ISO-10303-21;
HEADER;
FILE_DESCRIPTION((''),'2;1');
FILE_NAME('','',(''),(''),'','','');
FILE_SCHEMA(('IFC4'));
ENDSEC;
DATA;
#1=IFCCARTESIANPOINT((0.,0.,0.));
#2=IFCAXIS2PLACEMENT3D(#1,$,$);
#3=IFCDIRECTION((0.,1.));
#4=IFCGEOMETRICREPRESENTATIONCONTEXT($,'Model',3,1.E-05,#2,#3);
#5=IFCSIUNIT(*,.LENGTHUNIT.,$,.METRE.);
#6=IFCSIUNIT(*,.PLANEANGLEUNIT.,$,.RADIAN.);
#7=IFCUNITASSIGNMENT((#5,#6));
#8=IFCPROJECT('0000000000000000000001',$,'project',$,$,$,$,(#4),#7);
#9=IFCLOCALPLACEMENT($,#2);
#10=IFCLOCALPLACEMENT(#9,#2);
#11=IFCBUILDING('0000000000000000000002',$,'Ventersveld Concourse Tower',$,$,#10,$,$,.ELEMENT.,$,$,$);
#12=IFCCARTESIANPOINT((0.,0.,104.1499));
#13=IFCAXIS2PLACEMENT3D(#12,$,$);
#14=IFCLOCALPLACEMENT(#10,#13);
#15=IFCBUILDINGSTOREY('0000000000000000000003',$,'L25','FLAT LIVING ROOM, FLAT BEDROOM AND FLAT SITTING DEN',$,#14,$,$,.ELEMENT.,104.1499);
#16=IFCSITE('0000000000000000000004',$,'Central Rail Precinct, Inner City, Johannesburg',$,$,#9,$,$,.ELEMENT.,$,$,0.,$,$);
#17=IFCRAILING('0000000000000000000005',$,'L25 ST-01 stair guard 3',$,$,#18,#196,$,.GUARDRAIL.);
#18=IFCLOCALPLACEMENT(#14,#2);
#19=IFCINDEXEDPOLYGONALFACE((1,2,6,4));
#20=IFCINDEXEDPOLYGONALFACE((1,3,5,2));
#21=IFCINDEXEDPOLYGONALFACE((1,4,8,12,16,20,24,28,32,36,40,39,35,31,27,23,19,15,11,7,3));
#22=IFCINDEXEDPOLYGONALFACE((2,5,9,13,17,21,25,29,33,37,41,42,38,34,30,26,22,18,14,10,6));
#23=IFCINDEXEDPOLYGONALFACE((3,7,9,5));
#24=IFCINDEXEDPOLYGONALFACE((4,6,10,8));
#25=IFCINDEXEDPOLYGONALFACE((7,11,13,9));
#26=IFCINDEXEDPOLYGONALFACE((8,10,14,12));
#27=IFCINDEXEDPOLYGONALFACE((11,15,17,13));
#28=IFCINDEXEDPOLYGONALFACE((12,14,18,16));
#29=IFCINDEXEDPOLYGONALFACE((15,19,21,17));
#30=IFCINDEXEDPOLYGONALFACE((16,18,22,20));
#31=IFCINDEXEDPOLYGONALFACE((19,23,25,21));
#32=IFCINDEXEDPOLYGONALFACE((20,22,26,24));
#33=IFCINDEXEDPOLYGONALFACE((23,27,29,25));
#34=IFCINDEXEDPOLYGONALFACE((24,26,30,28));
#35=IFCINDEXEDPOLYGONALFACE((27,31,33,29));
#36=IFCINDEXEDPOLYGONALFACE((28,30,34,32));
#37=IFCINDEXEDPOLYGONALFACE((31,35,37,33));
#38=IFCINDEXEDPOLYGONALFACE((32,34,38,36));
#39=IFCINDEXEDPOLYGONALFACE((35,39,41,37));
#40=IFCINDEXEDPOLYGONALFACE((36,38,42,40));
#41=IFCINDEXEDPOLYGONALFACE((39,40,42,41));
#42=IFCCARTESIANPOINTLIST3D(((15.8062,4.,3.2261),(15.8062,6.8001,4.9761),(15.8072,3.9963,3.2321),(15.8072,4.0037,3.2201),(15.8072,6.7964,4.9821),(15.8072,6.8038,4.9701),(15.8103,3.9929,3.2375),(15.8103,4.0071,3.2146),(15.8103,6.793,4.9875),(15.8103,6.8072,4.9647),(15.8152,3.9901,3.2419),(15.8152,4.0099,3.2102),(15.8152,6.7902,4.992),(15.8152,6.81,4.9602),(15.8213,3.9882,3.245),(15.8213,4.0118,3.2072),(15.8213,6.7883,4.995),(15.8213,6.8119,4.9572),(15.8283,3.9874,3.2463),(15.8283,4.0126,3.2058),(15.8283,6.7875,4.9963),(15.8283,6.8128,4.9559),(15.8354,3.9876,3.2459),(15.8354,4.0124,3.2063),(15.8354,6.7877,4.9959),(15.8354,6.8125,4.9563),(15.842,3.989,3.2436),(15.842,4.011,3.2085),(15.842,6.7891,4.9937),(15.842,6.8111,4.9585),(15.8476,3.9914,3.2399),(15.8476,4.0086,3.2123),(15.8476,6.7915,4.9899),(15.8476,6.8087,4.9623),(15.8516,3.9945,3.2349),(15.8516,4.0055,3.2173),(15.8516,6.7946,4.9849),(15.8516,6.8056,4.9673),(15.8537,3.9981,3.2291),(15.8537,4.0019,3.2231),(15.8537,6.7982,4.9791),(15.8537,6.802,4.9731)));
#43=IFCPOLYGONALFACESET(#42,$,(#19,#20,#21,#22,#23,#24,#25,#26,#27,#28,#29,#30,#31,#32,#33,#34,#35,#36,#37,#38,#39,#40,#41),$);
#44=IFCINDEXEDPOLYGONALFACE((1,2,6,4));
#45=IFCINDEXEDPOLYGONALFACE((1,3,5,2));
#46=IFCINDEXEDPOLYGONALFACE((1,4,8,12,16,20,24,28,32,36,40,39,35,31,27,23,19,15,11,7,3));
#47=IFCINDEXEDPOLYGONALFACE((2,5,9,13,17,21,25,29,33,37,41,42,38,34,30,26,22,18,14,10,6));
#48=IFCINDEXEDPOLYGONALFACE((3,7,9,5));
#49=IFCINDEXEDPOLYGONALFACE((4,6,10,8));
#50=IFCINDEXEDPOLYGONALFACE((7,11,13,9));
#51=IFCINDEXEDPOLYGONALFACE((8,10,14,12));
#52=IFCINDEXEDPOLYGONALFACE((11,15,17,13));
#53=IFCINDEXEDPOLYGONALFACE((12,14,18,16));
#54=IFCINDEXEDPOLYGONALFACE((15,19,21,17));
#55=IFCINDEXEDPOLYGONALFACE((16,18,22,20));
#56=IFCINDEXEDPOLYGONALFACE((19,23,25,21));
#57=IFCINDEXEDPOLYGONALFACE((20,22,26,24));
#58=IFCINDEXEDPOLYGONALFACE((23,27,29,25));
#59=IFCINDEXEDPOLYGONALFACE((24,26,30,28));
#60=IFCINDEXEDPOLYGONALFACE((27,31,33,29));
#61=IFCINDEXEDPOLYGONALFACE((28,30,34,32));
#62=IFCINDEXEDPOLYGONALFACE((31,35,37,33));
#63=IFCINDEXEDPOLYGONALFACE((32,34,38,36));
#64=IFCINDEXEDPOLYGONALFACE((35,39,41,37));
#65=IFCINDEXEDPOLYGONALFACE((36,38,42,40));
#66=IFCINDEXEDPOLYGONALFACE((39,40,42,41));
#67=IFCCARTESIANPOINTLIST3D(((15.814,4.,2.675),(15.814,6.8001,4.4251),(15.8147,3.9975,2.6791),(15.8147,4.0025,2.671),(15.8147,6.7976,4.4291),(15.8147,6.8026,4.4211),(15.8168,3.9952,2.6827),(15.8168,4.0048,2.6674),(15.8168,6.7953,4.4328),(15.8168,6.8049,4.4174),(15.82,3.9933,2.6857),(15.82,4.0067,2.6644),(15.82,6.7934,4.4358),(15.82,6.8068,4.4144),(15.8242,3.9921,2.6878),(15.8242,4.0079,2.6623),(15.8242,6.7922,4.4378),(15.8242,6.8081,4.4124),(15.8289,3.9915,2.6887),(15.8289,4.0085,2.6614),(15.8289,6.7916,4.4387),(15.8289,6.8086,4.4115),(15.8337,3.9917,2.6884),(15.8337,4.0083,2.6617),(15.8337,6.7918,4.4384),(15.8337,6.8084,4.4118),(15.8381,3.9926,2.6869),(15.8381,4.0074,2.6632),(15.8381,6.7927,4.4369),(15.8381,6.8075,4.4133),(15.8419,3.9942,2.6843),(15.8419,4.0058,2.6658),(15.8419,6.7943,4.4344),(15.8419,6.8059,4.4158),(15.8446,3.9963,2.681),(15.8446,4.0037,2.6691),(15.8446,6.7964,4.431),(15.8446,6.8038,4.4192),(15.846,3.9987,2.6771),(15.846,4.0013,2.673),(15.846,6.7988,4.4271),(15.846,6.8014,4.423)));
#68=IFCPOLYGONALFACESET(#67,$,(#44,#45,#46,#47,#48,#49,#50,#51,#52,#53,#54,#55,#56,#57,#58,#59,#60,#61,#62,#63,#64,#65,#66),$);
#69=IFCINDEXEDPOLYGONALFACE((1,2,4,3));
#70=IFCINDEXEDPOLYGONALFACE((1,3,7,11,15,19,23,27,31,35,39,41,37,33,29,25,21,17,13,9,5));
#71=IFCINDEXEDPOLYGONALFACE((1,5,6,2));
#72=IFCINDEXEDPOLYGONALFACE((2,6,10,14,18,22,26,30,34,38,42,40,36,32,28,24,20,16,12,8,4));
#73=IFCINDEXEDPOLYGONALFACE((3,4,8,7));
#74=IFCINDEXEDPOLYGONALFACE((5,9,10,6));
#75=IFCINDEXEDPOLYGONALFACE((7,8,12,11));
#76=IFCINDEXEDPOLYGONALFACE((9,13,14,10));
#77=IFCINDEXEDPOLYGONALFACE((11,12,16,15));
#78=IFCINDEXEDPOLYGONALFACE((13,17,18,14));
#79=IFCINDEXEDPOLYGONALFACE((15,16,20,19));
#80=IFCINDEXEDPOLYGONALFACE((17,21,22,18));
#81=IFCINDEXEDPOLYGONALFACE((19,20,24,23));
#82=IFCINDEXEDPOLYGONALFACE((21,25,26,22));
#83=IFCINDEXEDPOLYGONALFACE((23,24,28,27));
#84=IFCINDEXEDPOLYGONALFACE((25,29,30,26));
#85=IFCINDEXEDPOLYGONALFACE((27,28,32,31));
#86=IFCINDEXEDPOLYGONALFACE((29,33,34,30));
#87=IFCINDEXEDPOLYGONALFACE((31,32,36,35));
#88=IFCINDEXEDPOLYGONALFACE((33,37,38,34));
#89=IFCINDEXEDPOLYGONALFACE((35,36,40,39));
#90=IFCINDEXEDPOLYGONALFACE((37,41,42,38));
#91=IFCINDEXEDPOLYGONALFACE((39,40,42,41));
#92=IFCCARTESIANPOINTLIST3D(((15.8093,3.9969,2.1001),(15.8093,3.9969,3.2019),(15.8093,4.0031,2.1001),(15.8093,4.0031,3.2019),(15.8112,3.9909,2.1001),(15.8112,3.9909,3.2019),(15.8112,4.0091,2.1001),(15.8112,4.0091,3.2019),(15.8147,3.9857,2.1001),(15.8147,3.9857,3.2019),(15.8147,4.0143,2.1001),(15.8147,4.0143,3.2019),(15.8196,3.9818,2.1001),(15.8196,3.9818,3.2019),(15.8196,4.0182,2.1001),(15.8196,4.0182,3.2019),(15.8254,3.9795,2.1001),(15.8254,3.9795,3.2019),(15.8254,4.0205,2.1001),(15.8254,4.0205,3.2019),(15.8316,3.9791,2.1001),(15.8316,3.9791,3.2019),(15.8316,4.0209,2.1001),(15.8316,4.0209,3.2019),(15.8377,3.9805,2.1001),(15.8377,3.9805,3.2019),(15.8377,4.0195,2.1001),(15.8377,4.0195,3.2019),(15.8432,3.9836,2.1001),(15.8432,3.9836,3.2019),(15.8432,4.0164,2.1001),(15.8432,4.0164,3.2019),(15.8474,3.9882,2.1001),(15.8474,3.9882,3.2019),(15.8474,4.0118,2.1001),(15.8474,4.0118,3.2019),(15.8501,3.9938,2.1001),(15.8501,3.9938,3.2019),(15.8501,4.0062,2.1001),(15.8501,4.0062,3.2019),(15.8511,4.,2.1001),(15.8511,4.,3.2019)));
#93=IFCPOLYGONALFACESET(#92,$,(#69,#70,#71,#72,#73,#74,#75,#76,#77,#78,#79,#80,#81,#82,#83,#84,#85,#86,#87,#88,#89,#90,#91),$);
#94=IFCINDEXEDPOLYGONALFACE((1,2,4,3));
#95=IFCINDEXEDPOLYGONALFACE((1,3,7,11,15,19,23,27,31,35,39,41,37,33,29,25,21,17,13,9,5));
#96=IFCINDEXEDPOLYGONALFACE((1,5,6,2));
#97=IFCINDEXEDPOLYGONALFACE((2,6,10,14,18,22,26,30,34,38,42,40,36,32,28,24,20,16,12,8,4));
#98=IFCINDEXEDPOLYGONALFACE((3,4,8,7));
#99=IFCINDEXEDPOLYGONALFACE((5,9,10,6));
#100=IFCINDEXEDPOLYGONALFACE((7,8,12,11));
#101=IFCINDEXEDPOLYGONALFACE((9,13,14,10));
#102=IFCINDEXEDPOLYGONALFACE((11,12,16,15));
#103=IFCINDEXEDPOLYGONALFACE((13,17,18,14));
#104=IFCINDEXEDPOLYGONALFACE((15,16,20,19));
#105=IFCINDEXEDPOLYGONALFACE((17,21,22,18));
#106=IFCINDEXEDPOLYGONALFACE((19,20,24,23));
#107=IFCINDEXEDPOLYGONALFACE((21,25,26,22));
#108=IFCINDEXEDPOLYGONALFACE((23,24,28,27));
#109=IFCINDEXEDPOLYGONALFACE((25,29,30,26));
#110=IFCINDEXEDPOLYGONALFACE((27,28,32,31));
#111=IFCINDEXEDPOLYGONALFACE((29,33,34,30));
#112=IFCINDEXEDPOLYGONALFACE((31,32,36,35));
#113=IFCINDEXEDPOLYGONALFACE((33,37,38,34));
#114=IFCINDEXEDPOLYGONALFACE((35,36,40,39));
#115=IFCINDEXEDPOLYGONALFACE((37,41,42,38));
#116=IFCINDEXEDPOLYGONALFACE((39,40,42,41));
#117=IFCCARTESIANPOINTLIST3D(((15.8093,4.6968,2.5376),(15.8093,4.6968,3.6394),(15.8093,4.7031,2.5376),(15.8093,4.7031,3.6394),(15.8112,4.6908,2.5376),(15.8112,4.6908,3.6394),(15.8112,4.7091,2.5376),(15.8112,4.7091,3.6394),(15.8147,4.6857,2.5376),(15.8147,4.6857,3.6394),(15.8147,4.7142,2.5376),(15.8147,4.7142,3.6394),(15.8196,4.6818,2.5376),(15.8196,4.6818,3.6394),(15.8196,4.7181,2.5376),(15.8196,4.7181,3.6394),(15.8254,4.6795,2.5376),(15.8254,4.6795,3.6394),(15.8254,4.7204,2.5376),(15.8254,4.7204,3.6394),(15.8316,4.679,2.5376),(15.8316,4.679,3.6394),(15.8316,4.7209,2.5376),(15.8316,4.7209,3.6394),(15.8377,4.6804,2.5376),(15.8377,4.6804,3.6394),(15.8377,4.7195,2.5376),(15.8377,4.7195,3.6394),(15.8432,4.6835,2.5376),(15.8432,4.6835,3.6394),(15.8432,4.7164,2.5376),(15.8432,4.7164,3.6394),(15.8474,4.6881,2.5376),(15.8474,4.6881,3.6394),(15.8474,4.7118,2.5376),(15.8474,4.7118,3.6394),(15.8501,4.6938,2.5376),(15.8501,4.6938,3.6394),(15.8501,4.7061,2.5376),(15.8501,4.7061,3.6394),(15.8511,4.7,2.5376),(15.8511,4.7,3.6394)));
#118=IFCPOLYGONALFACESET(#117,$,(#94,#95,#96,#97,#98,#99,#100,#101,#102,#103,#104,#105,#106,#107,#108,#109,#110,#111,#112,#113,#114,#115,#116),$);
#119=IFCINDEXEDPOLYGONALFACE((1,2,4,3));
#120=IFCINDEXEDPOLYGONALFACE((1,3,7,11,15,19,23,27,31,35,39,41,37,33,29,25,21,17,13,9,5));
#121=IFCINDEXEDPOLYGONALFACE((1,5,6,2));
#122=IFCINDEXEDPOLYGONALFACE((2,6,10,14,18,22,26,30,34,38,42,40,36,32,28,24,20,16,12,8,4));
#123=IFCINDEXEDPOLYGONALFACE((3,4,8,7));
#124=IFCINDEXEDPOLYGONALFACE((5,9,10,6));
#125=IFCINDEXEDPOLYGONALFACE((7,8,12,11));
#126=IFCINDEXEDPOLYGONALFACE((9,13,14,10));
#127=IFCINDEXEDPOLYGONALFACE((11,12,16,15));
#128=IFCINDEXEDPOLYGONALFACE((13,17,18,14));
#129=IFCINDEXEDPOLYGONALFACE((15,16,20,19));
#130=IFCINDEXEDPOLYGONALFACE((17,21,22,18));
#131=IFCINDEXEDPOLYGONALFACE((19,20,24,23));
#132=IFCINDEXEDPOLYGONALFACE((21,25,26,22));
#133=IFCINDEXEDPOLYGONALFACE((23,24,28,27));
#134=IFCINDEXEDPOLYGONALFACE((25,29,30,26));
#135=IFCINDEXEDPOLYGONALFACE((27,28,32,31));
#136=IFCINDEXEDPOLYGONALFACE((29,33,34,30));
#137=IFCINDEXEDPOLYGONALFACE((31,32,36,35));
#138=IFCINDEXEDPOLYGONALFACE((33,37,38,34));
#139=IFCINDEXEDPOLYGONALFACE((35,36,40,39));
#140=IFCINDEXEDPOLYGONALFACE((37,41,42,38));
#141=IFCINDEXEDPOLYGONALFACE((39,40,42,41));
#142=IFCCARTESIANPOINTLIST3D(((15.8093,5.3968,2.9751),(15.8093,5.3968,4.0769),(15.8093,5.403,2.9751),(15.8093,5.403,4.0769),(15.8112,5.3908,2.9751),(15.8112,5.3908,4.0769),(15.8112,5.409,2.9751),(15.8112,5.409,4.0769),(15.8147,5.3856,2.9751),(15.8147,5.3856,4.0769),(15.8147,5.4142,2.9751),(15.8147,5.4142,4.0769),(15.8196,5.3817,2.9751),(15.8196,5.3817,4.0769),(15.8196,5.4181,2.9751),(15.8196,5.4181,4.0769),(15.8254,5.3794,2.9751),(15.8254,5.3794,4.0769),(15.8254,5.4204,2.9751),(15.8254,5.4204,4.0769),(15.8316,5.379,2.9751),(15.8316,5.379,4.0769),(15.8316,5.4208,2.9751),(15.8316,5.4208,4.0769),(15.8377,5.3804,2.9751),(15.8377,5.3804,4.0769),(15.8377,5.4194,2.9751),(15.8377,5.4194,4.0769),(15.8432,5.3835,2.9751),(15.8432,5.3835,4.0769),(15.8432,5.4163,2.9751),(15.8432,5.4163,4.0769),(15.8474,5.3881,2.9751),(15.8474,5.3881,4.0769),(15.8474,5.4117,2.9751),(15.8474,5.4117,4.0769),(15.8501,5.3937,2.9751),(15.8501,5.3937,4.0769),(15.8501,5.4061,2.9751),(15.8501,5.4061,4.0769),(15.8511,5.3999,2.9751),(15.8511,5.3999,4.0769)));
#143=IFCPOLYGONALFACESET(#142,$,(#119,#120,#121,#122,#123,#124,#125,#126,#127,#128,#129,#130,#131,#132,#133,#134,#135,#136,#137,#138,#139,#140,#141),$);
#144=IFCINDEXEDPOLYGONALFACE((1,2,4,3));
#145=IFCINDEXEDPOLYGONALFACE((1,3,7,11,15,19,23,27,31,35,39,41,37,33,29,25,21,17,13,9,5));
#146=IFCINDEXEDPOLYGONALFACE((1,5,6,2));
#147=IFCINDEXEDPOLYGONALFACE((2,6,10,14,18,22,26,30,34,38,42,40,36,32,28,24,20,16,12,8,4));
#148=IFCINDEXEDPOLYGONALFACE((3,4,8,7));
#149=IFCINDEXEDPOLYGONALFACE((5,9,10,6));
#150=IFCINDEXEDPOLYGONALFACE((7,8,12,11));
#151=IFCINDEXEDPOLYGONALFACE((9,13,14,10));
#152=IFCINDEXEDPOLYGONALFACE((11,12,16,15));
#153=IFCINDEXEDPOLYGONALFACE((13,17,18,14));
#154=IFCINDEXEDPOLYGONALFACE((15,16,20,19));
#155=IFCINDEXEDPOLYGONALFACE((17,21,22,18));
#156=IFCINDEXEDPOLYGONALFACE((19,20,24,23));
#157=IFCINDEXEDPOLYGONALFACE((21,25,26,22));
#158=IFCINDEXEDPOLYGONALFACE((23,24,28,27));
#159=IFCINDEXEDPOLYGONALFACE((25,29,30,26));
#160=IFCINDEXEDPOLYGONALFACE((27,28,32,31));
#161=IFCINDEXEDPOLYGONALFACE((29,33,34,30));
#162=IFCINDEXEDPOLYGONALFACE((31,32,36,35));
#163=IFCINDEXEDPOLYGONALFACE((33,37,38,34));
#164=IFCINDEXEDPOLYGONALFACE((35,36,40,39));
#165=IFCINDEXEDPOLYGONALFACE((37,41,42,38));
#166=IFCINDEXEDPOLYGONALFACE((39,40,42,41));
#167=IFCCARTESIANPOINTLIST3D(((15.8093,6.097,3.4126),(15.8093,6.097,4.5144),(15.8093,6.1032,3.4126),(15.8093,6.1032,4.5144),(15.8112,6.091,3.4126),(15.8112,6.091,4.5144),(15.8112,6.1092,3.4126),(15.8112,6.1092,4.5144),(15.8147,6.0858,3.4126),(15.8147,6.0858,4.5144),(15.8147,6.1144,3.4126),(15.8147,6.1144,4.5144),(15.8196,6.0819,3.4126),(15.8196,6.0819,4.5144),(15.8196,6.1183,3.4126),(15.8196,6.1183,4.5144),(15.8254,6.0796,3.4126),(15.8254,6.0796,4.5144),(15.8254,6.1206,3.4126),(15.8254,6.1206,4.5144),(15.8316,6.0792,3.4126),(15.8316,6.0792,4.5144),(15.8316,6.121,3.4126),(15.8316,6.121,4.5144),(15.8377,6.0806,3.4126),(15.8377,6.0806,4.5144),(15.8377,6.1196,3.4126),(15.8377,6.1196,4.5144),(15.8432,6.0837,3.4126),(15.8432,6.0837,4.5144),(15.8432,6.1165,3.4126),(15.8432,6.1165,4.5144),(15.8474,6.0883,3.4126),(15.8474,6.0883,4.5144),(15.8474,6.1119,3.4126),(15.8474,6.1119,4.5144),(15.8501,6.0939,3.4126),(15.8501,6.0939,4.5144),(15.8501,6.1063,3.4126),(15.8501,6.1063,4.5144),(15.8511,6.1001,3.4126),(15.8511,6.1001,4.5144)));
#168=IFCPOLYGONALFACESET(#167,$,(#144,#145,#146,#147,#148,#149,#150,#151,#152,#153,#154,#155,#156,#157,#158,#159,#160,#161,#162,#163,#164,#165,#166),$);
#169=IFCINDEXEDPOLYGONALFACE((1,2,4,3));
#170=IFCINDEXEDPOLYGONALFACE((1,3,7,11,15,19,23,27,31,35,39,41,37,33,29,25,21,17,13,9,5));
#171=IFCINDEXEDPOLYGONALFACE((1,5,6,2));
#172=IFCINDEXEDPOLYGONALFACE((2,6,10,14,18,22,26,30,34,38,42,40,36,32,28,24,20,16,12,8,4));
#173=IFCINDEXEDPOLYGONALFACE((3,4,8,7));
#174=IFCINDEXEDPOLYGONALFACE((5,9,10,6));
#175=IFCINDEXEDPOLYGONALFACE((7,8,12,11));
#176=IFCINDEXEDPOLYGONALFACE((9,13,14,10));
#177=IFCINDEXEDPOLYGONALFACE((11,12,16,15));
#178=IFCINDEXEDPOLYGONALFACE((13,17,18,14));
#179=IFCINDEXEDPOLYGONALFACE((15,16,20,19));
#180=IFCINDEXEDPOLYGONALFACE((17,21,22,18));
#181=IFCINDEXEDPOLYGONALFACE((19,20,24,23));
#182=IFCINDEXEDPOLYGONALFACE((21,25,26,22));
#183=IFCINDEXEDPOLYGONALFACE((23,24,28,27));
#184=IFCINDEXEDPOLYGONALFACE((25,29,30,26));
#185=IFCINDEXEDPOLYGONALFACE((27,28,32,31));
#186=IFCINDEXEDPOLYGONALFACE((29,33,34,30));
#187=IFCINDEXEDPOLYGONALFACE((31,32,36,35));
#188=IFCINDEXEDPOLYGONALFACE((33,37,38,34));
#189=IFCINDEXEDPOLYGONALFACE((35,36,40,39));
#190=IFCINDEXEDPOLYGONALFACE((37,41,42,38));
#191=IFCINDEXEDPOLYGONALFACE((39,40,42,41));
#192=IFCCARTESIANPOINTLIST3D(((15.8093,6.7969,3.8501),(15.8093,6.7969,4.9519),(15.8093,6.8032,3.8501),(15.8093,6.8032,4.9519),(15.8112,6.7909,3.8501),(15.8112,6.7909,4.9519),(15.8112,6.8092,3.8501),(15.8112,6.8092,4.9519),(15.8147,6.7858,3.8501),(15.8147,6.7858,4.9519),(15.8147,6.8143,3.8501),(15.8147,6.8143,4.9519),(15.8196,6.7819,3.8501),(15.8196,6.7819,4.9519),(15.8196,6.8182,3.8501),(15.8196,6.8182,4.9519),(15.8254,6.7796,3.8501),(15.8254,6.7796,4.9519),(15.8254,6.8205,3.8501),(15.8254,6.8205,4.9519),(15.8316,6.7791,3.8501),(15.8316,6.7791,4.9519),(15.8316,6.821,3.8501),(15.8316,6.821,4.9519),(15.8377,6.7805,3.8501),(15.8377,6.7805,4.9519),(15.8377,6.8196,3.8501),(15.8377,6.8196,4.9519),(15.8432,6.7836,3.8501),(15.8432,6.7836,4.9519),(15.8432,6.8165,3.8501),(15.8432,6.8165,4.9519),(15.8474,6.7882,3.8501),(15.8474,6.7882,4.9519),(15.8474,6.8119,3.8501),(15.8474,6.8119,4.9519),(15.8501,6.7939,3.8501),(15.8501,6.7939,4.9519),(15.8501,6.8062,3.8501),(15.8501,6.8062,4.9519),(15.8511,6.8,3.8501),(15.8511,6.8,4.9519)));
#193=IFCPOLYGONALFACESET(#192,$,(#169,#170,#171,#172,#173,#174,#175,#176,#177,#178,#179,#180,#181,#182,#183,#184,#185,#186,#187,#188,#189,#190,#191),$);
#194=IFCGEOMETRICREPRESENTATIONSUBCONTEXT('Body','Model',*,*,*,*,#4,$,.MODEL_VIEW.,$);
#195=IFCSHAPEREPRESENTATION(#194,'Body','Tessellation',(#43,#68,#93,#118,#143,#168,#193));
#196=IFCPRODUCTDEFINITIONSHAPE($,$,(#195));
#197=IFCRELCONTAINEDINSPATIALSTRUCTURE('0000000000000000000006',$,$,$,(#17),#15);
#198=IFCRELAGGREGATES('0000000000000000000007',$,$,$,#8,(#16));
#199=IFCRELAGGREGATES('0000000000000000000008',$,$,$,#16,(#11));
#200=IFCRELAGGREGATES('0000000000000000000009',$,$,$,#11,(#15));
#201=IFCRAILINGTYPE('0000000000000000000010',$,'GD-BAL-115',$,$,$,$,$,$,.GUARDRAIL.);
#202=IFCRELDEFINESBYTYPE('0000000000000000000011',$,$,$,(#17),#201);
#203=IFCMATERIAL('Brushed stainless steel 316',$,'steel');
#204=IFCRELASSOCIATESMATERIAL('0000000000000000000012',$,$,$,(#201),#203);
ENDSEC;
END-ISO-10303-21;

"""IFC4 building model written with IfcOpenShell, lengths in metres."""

from ifc_helpers import new_model, si_unit, direction, frame, origin, origin_2d, place, context, subcontext, project, spatial, circle, extrude, material, type_object, element, save


model = new_model("IFC4")

# Units and contexts
model_context = context("Model", 3, precision=1e-05, world=origin(), true_north=direction((0.0, 1.0)))
body_context = subcontext(model_context, "Body", "Model", "MODEL_VIEW")
ifc_project = project(units=[si_unit("LENGTHUNIT", "METRE"), si_unit("PLANEANGLEUNIT", "RADIAN")], contexts=[model_context])

# Site, building, storey
site_placement = place(None, origin())
site = spatial("IfcSite", under=ifc_project, at=site_placement, Name="Central Rail Precinct, Inner City, Johannesburg", CompositionType="ELEMENT", RefElevation=0.0)
building_placement = place(site_placement, origin())
building = spatial("IfcBuilding", under=site, at=building_placement, Name="Ventersveld Concourse Tower", CompositionType="ELEMENT")
storey_placement = place(building_placement, frame((0.0, 0.0, 104.1499)))
storey = spatial("IfcBuildingStorey", under=building, at=storey_placement, Name="L25", Description="FLAT LIVING ROOM, FLAT BEDROOM AND FLAT SITTING DEN", CompositionType="ELEMENT", Elevation=104.1499)

# Railing
ifc_material_1 = material(Name="Brushed stainless steel 316", Category="steel")
railing_type_1 = type_object("IfcRailingType", Name="GD-BAL-115", PredefinedType="GUARDRAIL", material=ifc_material_1)
railing_1_placement = place(storey_placement, frame((15.8301, 4.0, 2.1001)))
element("IfcRailing", 1, at=railing_1_placement, inside=storey, type_object=railing_type_1, Name="L25 ST-01 stair guard 3", PredefinedType="GUARDRAIL", context=body_context, shape_type="SweptSolid", body=[
    extrude(circle(Radius=0.0239, at=origin_2d()), frame((0.0, 0.0, 1.126), z_axis=(0.0, 0.848002, 0.529992), x_axis=(-1.0, 0.0, 0.0)), (0.0, 0.0, 1.0), 3.302),
    extrude(circle(Radius=0.0161, at=origin_2d()), frame((0.0, 0.0, 0.575), z_axis=(0.0, 0.848002, 0.529992), x_axis=(-1.0, 0.0, 0.0)), (0.0, 0.0, 1.0), 3.302),
    extrude(circle(Radius=0.021, at=origin_2d()), origin(), (0.0, 0.0, 1.0), 1.1018),
    extrude(circle(Radius=0.021, at=origin_2d()), frame((0.0, 0.7, 0.4375)), (0.0, 0.0, 1.0), 1.1018),
    extrude(circle(Radius=0.021, at=origin_2d()), frame((0.0, 1.3999, 0.875)), (0.0, 0.0, 1.0), 1.1018),
    extrude(circle(Radius=0.021, at=origin_2d()), frame((0.0, 2.1001, 1.3125)), (0.0, 0.0, 1.0), 1.1018),
    extrude(circle(Radius=0.021, at=origin_2d()), frame((0.0, 2.8, 1.75)), (0.0, 0.0, 1.0), 1.1018),
])

save(model, "model.ifc")
